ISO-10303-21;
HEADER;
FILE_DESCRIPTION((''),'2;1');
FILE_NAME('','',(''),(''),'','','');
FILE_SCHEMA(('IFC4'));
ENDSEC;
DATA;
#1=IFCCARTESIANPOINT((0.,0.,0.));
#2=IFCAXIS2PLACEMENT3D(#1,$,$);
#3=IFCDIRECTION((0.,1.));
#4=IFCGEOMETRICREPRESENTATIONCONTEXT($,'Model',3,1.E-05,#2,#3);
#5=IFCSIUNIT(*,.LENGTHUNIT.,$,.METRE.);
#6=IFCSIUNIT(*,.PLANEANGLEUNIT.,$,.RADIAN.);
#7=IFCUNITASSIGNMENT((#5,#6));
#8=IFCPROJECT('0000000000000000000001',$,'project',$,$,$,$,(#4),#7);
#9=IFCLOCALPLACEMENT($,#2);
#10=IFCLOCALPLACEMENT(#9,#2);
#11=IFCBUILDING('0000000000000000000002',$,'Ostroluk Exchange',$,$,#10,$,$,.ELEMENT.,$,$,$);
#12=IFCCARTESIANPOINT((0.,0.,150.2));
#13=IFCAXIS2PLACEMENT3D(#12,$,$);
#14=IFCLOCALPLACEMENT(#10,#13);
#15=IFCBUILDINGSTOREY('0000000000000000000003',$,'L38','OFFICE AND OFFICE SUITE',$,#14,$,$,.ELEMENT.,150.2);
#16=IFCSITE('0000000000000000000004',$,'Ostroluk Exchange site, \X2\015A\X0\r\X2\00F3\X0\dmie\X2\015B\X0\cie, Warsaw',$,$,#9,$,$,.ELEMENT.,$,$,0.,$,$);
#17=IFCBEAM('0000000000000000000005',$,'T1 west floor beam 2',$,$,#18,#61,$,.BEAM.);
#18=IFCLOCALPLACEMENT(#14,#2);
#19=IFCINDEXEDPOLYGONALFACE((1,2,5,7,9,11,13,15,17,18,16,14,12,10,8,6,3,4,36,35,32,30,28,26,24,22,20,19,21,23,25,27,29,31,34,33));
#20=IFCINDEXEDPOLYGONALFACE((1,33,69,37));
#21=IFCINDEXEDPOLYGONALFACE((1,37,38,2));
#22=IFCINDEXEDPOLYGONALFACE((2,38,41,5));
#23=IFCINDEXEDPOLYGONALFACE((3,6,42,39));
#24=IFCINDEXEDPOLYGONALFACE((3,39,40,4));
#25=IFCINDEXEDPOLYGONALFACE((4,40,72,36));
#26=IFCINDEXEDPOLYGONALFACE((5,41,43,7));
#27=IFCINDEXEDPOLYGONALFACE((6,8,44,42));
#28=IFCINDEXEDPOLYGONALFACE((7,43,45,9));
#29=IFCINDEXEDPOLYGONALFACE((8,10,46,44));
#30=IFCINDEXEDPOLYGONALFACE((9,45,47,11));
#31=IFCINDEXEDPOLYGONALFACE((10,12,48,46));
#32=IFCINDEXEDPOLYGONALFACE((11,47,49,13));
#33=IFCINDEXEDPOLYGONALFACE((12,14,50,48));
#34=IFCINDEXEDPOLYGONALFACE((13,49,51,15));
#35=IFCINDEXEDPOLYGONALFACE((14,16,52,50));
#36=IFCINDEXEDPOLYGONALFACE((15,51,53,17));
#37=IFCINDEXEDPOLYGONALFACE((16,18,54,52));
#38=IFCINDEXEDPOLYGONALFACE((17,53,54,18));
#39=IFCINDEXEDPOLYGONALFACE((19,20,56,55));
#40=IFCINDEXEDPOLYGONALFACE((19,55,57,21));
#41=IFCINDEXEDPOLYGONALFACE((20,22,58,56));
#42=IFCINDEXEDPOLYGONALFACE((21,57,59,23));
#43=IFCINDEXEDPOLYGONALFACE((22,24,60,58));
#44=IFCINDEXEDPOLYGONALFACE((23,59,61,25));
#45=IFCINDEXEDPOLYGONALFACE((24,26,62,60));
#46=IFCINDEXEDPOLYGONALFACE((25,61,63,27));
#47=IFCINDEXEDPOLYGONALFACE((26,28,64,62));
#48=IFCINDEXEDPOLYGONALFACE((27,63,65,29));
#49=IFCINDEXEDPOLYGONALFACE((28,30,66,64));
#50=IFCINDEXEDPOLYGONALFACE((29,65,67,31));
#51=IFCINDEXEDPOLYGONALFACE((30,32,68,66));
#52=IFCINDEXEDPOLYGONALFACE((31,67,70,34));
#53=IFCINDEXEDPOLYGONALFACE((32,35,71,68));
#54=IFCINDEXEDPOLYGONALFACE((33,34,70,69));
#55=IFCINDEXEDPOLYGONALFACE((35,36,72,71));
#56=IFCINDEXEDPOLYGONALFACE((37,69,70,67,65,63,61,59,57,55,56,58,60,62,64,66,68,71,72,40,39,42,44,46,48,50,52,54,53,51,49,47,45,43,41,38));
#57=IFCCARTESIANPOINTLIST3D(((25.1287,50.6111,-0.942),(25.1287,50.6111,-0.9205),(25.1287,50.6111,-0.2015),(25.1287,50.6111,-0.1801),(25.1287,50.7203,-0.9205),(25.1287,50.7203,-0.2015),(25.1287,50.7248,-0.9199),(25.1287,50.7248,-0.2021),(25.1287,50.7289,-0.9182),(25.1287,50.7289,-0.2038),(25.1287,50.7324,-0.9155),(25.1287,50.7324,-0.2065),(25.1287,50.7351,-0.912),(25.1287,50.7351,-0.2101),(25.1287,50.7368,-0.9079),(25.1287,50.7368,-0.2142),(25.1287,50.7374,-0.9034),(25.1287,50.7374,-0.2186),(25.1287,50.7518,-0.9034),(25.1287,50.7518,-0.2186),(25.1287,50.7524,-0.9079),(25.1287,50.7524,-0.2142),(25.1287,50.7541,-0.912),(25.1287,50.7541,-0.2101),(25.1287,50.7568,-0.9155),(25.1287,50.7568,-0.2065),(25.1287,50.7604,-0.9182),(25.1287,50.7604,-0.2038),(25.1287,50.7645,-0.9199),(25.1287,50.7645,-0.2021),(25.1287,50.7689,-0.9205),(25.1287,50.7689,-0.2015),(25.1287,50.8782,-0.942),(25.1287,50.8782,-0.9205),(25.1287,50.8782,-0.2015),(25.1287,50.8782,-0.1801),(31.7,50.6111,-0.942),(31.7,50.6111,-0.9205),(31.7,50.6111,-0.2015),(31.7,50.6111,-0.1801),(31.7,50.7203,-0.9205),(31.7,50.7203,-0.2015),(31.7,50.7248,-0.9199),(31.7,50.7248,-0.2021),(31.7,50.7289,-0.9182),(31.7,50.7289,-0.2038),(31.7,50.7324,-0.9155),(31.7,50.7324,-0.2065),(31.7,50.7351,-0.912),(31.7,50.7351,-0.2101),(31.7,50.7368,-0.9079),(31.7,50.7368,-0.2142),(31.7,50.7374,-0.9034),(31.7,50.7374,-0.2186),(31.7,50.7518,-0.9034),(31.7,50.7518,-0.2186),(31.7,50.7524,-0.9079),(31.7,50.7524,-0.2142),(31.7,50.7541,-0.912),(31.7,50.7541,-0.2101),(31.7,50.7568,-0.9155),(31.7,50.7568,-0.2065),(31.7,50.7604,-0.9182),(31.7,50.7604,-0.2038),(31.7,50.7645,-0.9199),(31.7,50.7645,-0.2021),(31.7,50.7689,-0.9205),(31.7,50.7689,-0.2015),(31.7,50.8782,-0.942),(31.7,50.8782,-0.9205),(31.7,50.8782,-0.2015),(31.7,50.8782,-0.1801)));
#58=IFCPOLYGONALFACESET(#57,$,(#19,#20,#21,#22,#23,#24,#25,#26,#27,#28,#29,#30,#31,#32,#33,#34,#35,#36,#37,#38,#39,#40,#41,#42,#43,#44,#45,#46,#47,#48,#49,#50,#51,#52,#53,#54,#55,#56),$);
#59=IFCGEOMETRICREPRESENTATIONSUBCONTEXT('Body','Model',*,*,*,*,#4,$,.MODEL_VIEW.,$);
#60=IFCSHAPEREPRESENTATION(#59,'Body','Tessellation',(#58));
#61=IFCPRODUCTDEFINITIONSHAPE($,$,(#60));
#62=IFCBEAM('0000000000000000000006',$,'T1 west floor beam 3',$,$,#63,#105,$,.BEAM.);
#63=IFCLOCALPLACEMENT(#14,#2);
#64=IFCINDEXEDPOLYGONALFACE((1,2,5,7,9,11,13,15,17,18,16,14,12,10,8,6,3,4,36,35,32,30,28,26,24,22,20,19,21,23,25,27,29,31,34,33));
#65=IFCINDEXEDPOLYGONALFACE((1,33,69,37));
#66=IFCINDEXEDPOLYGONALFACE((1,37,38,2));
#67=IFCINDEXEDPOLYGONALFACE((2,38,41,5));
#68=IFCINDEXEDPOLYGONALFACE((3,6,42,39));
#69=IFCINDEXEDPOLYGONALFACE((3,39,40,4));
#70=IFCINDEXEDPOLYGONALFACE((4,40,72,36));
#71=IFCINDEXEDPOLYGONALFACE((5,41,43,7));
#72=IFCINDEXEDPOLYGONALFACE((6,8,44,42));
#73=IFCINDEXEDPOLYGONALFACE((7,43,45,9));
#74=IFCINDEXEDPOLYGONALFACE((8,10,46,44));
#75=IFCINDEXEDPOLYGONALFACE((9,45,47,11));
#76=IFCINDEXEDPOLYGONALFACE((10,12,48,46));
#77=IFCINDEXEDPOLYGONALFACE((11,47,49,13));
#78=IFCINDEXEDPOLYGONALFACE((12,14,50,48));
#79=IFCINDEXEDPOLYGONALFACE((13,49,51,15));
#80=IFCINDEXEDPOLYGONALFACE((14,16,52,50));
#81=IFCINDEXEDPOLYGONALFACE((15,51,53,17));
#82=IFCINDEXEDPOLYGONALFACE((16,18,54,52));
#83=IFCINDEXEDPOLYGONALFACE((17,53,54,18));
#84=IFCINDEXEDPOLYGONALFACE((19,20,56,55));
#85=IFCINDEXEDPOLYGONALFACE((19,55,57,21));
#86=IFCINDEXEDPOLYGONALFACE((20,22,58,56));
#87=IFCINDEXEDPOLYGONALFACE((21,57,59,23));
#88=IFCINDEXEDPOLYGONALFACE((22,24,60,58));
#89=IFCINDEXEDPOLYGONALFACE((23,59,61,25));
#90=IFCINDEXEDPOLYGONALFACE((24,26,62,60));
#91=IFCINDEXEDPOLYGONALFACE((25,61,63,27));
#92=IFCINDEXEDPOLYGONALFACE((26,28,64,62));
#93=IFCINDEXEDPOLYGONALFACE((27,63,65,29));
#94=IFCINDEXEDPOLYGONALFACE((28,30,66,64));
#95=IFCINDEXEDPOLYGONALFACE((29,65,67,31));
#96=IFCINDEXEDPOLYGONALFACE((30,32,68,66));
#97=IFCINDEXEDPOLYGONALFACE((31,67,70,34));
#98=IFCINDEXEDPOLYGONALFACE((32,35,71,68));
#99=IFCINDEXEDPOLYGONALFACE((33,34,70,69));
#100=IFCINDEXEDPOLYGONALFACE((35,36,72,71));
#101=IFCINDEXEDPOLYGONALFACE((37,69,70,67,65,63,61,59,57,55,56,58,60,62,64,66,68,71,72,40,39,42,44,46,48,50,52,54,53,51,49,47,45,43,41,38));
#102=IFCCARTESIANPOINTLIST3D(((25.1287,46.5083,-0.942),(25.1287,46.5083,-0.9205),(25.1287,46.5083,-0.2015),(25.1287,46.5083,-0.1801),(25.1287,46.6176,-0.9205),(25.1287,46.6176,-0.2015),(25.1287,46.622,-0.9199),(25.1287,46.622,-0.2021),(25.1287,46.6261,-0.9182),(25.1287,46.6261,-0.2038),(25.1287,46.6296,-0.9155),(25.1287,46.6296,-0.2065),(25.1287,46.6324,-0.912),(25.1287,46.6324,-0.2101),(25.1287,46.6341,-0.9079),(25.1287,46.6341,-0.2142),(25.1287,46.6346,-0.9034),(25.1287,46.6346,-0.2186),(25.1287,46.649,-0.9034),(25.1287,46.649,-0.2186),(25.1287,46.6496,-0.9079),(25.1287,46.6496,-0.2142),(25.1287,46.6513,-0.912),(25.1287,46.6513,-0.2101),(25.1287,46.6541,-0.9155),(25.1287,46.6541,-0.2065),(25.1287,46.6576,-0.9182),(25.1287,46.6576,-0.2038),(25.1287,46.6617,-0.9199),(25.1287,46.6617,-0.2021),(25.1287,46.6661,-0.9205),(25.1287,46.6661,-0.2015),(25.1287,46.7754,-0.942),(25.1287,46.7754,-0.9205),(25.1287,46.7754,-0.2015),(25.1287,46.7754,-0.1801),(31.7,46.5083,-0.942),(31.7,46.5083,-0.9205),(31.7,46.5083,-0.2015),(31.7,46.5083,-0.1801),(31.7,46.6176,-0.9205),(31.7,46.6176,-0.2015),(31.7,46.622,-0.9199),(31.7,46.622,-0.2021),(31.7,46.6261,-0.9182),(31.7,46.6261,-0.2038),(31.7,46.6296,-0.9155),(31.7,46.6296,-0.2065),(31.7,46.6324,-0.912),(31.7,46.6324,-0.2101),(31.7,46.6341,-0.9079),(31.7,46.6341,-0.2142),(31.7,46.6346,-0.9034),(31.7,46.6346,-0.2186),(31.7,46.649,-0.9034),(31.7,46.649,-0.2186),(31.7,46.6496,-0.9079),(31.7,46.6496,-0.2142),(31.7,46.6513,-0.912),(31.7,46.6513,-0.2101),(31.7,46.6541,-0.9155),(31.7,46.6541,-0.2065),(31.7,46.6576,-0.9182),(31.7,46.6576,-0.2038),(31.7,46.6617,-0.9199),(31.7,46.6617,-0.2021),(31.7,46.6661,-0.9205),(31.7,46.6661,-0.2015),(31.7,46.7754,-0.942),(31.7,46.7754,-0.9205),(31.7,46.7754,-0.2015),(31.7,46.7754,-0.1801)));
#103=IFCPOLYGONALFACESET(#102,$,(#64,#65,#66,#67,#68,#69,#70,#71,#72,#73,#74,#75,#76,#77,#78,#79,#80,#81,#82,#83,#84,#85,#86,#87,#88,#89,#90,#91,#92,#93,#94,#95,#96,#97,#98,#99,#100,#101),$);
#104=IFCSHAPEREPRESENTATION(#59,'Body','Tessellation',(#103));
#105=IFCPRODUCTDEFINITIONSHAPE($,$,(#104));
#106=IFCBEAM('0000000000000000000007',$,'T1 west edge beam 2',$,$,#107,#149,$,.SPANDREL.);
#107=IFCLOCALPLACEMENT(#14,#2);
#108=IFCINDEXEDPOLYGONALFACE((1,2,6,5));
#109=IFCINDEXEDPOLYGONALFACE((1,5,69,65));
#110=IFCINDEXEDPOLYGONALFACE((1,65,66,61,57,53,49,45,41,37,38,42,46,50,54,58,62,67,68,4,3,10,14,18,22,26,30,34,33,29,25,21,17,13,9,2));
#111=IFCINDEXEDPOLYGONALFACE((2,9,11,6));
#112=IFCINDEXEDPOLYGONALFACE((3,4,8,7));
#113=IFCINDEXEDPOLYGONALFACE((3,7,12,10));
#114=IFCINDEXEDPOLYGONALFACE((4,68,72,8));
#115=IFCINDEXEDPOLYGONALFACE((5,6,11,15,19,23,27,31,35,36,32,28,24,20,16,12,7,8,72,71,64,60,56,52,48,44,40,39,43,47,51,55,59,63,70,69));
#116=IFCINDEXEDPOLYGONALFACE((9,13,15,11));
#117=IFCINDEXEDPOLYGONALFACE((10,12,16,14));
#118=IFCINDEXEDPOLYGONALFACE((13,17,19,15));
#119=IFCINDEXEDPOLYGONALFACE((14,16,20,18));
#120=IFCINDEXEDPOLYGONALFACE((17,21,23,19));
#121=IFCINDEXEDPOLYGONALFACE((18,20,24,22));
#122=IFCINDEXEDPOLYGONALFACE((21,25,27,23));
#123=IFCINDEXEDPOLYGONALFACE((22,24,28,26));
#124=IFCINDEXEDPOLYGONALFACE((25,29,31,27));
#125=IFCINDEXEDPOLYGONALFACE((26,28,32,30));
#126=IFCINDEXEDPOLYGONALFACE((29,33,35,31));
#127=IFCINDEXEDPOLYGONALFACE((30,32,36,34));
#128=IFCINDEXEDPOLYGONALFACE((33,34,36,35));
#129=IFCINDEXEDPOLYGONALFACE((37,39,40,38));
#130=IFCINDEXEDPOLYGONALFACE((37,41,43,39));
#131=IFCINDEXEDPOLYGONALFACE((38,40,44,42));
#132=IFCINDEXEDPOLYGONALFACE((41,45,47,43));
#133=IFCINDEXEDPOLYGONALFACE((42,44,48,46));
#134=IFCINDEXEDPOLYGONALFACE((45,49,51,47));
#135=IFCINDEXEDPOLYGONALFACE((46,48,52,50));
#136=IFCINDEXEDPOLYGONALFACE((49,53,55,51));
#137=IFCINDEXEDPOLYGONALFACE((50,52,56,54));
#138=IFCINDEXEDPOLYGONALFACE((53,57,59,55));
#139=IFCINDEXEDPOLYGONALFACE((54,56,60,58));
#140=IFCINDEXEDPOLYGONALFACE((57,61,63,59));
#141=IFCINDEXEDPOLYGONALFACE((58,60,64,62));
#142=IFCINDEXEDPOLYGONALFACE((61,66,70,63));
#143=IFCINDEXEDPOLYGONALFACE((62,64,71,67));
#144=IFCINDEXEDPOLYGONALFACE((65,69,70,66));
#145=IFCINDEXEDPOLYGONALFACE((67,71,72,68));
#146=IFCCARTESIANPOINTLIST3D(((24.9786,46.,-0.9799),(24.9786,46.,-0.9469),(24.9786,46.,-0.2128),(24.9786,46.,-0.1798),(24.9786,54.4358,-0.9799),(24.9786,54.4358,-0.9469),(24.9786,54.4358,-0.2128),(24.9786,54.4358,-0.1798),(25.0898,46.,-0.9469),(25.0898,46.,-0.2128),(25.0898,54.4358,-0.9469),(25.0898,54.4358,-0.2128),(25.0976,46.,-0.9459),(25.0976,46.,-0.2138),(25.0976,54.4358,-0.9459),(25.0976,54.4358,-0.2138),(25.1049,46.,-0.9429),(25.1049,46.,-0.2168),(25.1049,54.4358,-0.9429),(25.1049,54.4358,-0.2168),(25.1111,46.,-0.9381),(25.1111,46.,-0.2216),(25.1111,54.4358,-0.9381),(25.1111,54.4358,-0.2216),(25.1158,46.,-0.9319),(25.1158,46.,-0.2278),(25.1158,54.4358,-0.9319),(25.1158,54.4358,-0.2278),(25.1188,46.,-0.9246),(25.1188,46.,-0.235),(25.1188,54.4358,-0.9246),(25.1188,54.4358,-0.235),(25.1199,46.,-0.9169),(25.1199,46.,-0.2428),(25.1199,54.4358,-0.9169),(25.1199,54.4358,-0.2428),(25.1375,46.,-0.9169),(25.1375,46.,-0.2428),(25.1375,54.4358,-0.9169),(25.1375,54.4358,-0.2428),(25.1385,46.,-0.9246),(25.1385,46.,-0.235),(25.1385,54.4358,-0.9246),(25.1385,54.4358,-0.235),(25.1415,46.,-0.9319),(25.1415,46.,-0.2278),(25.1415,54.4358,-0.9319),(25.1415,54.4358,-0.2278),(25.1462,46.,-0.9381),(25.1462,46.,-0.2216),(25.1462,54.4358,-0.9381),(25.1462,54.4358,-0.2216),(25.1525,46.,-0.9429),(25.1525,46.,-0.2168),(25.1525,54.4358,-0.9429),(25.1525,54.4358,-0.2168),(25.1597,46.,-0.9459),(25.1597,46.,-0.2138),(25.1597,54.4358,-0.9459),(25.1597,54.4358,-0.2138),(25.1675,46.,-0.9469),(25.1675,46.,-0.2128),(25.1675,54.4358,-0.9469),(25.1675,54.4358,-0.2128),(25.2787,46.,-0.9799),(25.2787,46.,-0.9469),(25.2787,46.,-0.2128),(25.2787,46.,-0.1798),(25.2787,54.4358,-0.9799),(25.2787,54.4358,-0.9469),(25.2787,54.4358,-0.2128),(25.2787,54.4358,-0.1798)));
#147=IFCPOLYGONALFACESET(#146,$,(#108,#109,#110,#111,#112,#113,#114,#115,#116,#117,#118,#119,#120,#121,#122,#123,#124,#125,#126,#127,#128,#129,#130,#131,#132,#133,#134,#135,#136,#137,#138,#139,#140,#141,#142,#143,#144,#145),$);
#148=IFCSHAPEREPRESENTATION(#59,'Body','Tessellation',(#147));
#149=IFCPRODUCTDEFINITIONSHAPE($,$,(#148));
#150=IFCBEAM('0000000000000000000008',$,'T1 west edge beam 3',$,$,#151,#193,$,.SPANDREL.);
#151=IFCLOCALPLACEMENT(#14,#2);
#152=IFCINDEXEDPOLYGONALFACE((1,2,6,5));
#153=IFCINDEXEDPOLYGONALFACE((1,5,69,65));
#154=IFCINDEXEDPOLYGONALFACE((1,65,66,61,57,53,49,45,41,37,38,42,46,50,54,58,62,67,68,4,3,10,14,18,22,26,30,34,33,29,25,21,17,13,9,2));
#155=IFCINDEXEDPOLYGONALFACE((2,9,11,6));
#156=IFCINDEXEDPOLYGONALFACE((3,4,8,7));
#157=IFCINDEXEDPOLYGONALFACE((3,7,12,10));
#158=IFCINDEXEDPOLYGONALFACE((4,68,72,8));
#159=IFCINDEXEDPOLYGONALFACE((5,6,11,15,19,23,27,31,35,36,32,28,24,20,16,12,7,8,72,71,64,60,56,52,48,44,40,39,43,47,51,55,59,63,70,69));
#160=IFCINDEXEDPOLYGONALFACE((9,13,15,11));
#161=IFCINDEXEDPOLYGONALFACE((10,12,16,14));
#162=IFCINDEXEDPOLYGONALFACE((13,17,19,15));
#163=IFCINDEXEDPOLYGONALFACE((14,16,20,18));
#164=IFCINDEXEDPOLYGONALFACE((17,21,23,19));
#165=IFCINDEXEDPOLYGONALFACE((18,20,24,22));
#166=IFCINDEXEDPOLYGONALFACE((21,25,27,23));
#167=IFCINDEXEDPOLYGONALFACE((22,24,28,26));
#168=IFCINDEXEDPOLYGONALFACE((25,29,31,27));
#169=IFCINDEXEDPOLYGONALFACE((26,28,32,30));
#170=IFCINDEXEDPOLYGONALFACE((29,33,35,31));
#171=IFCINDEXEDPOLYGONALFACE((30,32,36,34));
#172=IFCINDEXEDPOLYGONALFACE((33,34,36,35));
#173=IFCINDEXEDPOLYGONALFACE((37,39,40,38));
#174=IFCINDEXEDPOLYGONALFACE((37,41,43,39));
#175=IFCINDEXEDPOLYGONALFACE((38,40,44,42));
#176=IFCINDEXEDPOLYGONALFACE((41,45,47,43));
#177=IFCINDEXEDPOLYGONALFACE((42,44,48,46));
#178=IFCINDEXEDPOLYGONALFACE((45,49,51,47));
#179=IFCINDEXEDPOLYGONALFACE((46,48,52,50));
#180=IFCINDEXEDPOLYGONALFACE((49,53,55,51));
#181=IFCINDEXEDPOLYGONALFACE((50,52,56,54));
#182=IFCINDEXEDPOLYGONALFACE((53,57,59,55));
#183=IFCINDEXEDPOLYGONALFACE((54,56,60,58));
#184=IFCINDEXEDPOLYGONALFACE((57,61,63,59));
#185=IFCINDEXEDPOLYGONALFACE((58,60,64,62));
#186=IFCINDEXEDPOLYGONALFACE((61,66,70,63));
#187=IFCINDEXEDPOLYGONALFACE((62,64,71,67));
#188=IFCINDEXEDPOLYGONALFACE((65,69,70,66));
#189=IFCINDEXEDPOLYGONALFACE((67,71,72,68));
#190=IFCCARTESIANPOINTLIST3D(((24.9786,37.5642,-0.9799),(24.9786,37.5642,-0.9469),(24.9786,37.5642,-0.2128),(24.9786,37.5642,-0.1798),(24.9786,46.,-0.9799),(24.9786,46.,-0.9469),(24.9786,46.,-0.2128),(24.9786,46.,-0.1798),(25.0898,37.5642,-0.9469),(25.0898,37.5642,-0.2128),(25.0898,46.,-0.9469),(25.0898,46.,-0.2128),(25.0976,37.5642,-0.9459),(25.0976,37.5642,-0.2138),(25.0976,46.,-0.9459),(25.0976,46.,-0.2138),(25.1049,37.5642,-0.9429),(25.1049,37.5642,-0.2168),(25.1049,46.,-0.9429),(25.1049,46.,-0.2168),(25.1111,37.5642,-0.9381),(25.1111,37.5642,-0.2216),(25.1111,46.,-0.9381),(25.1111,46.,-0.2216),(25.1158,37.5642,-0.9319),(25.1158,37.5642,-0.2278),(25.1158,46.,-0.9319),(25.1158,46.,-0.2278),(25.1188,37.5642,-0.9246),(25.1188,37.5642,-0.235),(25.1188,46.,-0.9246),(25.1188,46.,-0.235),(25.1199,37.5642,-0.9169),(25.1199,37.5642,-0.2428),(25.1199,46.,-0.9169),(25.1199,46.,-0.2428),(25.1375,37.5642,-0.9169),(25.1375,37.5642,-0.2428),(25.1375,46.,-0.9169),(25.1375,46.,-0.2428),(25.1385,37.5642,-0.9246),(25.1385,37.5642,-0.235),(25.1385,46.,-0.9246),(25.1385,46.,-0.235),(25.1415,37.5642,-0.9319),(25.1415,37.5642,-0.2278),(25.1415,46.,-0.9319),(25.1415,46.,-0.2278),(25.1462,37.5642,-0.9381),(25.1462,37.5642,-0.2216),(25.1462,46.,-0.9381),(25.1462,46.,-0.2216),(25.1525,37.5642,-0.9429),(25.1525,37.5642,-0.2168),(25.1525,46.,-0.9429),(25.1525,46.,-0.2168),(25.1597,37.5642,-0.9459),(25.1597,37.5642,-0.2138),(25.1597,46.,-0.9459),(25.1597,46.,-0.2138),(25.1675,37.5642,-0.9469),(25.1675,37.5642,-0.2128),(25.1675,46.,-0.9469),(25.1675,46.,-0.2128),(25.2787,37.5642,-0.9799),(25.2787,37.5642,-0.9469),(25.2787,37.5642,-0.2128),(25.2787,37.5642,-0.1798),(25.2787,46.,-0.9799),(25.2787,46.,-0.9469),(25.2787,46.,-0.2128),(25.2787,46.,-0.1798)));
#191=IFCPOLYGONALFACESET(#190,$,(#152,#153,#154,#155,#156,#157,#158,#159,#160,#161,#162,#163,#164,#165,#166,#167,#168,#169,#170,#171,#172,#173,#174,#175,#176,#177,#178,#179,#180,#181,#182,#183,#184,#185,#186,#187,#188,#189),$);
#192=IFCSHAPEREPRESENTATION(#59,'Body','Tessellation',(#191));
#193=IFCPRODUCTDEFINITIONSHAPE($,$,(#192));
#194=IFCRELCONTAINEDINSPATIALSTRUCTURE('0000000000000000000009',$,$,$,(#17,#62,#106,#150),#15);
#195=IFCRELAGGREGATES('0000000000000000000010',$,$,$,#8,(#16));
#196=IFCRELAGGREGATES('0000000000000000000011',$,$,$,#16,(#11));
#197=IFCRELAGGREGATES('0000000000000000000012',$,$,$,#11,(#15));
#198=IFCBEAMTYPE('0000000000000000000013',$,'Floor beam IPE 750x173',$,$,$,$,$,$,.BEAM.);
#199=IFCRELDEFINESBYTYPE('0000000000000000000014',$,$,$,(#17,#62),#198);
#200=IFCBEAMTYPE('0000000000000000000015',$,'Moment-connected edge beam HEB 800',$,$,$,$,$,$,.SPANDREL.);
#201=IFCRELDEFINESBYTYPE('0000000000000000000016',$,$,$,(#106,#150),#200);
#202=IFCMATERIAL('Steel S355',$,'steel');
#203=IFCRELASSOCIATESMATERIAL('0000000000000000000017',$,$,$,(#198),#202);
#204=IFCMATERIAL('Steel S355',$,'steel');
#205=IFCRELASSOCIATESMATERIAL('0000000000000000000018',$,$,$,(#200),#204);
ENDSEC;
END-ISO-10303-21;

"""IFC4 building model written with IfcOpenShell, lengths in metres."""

from ifc_helpers import new_model, si_unit, direction, frame, origin, origin_2d, place, context, subcontext, project, spatial, i_section, extrude, material, material_profile, profile_set, type_object, element, save


model = new_model("IFC4")

# Units and contexts
model_context = context("Model", 3, precision=1e-05, world=origin(), true_north=direction((0.0, 1.0)))
body_context = subcontext(model_context, "Body", "Model", "MODEL_VIEW")
ifc_project = project(units=[si_unit("LENGTHUNIT", "METRE"), si_unit("PLANEANGLEUNIT", "RADIAN")], contexts=[model_context])

# Site, building, storey
site_placement = place(None, origin())
site = spatial("IfcSite", under=ifc_project, at=site_placement, Name="Ostroluk Exchange site, Śródmieście, Warsaw", CompositionType="ELEMENT", RefElevation=0.0)
building_placement = place(site_placement, origin())
building = spatial("IfcBuilding", under=site, at=building_placement, Name="Ostroluk Exchange", CompositionType="ELEMENT")
storey_placement = place(building_placement, frame((0.0, 0.0, 150.2)))
storey = spatial("IfcBuildingStorey", under=building, at=storey_placement, Name="L38", Description="OFFICE AND OFFICE SUITE", CompositionType="ELEMENT", Elevation=150.2)

# Beams
ifc_material_1 = material(Name="Steel S355", Category="steel")
ifc_material_profile_1 = material_profile(ifc_material_1, i_section(OverallWidth=0.2671, OverallDepth=0.762, WebThickness=0.0144, FlangeThickness=0.0215, FilletRadius=0.0171, at=origin_2d()), Name="IPE 750x173")
ifc_profile_set_1 = profile_set([ifc_material_profile_1], Name="Steel S355")
beam_type_1 = type_object("IfcBeamType", Name="Floor beam IPE 750x173", PredefinedType="BEAM", material=ifc_profile_set_1)
for number, where, z_axis, x_axis, name in (
    (1, (31.7, 50.7446, -0.561), (-1.0, 0.0, 0.0), (0.0, -1.0, 0.0), "T1 west floor beam 2"),
    (2, (31.7, 46.6418, -0.561), (-1.0, 0.0, 0.0), (0.0, -1.0, 0.0), "T1 west floor beam 3"),
):
    element("IfcBeam", number, at=place(storey_placement, frame(where, z_axis=z_axis, x_axis=x_axis)), inside=storey, type_object=beam_type_1, Name=name, PredefinedType="BEAM", context=body_context, shape_type="SweptSolid", body=[
        extrude(i_section(OverallWidth=0.2671, OverallDepth=0.762, WebThickness=0.0144, FlangeThickness=0.0215, FilletRadius=0.0171, at=origin_2d()), origin(), (0.0, 0.0, 1.0), 6.5713),
    ])
ifc_material_2 = material(Name="Steel S355", Category="steel")
ifc_material_profile_2 = material_profile(ifc_material_2, i_section(OverallWidth=0.3, OverallDepth=0.8, WebThickness=0.0176, FlangeThickness=0.033, FilletRadius=0.03, at=origin_2d()), Name="HEB 800")
ifc_profile_set_2 = profile_set([ifc_material_profile_2], Name="Steel S355")
beam_type_2 = type_object("IfcBeamType", Name="Moment-connected edge beam HEB 800", PredefinedType="SPANDREL", material=ifc_profile_set_2)
for number, where, z_axis, x_axis, name in (
    (3, (25.1287, 54.4358, -0.5798), (0.0, -1.0, 0.0), (1.0, 0.0, 0.0), "T1 west edge beam 2"),
    (4, (25.1287, 46.0, -0.5798), (0.0, -1.0, 0.0), (1.0, 0.0, 0.0), "T1 west edge beam 3"),
):
    element("IfcBeam", number, at=place(storey_placement, frame(where, z_axis=z_axis, x_axis=x_axis)), inside=storey, type_object=beam_type_2, Name=name, PredefinedType="SPANDREL", context=body_context, shape_type="SweptSolid", body=[
        extrude(i_section(OverallWidth=0.3, OverallDepth=0.8, WebThickness=0.0176, FlangeThickness=0.033, FilletRadius=0.03, at=origin_2d()), origin(), (0.0, 0.0, 1.0), 8.4358),
    ])

save(model, "model.ifc")
